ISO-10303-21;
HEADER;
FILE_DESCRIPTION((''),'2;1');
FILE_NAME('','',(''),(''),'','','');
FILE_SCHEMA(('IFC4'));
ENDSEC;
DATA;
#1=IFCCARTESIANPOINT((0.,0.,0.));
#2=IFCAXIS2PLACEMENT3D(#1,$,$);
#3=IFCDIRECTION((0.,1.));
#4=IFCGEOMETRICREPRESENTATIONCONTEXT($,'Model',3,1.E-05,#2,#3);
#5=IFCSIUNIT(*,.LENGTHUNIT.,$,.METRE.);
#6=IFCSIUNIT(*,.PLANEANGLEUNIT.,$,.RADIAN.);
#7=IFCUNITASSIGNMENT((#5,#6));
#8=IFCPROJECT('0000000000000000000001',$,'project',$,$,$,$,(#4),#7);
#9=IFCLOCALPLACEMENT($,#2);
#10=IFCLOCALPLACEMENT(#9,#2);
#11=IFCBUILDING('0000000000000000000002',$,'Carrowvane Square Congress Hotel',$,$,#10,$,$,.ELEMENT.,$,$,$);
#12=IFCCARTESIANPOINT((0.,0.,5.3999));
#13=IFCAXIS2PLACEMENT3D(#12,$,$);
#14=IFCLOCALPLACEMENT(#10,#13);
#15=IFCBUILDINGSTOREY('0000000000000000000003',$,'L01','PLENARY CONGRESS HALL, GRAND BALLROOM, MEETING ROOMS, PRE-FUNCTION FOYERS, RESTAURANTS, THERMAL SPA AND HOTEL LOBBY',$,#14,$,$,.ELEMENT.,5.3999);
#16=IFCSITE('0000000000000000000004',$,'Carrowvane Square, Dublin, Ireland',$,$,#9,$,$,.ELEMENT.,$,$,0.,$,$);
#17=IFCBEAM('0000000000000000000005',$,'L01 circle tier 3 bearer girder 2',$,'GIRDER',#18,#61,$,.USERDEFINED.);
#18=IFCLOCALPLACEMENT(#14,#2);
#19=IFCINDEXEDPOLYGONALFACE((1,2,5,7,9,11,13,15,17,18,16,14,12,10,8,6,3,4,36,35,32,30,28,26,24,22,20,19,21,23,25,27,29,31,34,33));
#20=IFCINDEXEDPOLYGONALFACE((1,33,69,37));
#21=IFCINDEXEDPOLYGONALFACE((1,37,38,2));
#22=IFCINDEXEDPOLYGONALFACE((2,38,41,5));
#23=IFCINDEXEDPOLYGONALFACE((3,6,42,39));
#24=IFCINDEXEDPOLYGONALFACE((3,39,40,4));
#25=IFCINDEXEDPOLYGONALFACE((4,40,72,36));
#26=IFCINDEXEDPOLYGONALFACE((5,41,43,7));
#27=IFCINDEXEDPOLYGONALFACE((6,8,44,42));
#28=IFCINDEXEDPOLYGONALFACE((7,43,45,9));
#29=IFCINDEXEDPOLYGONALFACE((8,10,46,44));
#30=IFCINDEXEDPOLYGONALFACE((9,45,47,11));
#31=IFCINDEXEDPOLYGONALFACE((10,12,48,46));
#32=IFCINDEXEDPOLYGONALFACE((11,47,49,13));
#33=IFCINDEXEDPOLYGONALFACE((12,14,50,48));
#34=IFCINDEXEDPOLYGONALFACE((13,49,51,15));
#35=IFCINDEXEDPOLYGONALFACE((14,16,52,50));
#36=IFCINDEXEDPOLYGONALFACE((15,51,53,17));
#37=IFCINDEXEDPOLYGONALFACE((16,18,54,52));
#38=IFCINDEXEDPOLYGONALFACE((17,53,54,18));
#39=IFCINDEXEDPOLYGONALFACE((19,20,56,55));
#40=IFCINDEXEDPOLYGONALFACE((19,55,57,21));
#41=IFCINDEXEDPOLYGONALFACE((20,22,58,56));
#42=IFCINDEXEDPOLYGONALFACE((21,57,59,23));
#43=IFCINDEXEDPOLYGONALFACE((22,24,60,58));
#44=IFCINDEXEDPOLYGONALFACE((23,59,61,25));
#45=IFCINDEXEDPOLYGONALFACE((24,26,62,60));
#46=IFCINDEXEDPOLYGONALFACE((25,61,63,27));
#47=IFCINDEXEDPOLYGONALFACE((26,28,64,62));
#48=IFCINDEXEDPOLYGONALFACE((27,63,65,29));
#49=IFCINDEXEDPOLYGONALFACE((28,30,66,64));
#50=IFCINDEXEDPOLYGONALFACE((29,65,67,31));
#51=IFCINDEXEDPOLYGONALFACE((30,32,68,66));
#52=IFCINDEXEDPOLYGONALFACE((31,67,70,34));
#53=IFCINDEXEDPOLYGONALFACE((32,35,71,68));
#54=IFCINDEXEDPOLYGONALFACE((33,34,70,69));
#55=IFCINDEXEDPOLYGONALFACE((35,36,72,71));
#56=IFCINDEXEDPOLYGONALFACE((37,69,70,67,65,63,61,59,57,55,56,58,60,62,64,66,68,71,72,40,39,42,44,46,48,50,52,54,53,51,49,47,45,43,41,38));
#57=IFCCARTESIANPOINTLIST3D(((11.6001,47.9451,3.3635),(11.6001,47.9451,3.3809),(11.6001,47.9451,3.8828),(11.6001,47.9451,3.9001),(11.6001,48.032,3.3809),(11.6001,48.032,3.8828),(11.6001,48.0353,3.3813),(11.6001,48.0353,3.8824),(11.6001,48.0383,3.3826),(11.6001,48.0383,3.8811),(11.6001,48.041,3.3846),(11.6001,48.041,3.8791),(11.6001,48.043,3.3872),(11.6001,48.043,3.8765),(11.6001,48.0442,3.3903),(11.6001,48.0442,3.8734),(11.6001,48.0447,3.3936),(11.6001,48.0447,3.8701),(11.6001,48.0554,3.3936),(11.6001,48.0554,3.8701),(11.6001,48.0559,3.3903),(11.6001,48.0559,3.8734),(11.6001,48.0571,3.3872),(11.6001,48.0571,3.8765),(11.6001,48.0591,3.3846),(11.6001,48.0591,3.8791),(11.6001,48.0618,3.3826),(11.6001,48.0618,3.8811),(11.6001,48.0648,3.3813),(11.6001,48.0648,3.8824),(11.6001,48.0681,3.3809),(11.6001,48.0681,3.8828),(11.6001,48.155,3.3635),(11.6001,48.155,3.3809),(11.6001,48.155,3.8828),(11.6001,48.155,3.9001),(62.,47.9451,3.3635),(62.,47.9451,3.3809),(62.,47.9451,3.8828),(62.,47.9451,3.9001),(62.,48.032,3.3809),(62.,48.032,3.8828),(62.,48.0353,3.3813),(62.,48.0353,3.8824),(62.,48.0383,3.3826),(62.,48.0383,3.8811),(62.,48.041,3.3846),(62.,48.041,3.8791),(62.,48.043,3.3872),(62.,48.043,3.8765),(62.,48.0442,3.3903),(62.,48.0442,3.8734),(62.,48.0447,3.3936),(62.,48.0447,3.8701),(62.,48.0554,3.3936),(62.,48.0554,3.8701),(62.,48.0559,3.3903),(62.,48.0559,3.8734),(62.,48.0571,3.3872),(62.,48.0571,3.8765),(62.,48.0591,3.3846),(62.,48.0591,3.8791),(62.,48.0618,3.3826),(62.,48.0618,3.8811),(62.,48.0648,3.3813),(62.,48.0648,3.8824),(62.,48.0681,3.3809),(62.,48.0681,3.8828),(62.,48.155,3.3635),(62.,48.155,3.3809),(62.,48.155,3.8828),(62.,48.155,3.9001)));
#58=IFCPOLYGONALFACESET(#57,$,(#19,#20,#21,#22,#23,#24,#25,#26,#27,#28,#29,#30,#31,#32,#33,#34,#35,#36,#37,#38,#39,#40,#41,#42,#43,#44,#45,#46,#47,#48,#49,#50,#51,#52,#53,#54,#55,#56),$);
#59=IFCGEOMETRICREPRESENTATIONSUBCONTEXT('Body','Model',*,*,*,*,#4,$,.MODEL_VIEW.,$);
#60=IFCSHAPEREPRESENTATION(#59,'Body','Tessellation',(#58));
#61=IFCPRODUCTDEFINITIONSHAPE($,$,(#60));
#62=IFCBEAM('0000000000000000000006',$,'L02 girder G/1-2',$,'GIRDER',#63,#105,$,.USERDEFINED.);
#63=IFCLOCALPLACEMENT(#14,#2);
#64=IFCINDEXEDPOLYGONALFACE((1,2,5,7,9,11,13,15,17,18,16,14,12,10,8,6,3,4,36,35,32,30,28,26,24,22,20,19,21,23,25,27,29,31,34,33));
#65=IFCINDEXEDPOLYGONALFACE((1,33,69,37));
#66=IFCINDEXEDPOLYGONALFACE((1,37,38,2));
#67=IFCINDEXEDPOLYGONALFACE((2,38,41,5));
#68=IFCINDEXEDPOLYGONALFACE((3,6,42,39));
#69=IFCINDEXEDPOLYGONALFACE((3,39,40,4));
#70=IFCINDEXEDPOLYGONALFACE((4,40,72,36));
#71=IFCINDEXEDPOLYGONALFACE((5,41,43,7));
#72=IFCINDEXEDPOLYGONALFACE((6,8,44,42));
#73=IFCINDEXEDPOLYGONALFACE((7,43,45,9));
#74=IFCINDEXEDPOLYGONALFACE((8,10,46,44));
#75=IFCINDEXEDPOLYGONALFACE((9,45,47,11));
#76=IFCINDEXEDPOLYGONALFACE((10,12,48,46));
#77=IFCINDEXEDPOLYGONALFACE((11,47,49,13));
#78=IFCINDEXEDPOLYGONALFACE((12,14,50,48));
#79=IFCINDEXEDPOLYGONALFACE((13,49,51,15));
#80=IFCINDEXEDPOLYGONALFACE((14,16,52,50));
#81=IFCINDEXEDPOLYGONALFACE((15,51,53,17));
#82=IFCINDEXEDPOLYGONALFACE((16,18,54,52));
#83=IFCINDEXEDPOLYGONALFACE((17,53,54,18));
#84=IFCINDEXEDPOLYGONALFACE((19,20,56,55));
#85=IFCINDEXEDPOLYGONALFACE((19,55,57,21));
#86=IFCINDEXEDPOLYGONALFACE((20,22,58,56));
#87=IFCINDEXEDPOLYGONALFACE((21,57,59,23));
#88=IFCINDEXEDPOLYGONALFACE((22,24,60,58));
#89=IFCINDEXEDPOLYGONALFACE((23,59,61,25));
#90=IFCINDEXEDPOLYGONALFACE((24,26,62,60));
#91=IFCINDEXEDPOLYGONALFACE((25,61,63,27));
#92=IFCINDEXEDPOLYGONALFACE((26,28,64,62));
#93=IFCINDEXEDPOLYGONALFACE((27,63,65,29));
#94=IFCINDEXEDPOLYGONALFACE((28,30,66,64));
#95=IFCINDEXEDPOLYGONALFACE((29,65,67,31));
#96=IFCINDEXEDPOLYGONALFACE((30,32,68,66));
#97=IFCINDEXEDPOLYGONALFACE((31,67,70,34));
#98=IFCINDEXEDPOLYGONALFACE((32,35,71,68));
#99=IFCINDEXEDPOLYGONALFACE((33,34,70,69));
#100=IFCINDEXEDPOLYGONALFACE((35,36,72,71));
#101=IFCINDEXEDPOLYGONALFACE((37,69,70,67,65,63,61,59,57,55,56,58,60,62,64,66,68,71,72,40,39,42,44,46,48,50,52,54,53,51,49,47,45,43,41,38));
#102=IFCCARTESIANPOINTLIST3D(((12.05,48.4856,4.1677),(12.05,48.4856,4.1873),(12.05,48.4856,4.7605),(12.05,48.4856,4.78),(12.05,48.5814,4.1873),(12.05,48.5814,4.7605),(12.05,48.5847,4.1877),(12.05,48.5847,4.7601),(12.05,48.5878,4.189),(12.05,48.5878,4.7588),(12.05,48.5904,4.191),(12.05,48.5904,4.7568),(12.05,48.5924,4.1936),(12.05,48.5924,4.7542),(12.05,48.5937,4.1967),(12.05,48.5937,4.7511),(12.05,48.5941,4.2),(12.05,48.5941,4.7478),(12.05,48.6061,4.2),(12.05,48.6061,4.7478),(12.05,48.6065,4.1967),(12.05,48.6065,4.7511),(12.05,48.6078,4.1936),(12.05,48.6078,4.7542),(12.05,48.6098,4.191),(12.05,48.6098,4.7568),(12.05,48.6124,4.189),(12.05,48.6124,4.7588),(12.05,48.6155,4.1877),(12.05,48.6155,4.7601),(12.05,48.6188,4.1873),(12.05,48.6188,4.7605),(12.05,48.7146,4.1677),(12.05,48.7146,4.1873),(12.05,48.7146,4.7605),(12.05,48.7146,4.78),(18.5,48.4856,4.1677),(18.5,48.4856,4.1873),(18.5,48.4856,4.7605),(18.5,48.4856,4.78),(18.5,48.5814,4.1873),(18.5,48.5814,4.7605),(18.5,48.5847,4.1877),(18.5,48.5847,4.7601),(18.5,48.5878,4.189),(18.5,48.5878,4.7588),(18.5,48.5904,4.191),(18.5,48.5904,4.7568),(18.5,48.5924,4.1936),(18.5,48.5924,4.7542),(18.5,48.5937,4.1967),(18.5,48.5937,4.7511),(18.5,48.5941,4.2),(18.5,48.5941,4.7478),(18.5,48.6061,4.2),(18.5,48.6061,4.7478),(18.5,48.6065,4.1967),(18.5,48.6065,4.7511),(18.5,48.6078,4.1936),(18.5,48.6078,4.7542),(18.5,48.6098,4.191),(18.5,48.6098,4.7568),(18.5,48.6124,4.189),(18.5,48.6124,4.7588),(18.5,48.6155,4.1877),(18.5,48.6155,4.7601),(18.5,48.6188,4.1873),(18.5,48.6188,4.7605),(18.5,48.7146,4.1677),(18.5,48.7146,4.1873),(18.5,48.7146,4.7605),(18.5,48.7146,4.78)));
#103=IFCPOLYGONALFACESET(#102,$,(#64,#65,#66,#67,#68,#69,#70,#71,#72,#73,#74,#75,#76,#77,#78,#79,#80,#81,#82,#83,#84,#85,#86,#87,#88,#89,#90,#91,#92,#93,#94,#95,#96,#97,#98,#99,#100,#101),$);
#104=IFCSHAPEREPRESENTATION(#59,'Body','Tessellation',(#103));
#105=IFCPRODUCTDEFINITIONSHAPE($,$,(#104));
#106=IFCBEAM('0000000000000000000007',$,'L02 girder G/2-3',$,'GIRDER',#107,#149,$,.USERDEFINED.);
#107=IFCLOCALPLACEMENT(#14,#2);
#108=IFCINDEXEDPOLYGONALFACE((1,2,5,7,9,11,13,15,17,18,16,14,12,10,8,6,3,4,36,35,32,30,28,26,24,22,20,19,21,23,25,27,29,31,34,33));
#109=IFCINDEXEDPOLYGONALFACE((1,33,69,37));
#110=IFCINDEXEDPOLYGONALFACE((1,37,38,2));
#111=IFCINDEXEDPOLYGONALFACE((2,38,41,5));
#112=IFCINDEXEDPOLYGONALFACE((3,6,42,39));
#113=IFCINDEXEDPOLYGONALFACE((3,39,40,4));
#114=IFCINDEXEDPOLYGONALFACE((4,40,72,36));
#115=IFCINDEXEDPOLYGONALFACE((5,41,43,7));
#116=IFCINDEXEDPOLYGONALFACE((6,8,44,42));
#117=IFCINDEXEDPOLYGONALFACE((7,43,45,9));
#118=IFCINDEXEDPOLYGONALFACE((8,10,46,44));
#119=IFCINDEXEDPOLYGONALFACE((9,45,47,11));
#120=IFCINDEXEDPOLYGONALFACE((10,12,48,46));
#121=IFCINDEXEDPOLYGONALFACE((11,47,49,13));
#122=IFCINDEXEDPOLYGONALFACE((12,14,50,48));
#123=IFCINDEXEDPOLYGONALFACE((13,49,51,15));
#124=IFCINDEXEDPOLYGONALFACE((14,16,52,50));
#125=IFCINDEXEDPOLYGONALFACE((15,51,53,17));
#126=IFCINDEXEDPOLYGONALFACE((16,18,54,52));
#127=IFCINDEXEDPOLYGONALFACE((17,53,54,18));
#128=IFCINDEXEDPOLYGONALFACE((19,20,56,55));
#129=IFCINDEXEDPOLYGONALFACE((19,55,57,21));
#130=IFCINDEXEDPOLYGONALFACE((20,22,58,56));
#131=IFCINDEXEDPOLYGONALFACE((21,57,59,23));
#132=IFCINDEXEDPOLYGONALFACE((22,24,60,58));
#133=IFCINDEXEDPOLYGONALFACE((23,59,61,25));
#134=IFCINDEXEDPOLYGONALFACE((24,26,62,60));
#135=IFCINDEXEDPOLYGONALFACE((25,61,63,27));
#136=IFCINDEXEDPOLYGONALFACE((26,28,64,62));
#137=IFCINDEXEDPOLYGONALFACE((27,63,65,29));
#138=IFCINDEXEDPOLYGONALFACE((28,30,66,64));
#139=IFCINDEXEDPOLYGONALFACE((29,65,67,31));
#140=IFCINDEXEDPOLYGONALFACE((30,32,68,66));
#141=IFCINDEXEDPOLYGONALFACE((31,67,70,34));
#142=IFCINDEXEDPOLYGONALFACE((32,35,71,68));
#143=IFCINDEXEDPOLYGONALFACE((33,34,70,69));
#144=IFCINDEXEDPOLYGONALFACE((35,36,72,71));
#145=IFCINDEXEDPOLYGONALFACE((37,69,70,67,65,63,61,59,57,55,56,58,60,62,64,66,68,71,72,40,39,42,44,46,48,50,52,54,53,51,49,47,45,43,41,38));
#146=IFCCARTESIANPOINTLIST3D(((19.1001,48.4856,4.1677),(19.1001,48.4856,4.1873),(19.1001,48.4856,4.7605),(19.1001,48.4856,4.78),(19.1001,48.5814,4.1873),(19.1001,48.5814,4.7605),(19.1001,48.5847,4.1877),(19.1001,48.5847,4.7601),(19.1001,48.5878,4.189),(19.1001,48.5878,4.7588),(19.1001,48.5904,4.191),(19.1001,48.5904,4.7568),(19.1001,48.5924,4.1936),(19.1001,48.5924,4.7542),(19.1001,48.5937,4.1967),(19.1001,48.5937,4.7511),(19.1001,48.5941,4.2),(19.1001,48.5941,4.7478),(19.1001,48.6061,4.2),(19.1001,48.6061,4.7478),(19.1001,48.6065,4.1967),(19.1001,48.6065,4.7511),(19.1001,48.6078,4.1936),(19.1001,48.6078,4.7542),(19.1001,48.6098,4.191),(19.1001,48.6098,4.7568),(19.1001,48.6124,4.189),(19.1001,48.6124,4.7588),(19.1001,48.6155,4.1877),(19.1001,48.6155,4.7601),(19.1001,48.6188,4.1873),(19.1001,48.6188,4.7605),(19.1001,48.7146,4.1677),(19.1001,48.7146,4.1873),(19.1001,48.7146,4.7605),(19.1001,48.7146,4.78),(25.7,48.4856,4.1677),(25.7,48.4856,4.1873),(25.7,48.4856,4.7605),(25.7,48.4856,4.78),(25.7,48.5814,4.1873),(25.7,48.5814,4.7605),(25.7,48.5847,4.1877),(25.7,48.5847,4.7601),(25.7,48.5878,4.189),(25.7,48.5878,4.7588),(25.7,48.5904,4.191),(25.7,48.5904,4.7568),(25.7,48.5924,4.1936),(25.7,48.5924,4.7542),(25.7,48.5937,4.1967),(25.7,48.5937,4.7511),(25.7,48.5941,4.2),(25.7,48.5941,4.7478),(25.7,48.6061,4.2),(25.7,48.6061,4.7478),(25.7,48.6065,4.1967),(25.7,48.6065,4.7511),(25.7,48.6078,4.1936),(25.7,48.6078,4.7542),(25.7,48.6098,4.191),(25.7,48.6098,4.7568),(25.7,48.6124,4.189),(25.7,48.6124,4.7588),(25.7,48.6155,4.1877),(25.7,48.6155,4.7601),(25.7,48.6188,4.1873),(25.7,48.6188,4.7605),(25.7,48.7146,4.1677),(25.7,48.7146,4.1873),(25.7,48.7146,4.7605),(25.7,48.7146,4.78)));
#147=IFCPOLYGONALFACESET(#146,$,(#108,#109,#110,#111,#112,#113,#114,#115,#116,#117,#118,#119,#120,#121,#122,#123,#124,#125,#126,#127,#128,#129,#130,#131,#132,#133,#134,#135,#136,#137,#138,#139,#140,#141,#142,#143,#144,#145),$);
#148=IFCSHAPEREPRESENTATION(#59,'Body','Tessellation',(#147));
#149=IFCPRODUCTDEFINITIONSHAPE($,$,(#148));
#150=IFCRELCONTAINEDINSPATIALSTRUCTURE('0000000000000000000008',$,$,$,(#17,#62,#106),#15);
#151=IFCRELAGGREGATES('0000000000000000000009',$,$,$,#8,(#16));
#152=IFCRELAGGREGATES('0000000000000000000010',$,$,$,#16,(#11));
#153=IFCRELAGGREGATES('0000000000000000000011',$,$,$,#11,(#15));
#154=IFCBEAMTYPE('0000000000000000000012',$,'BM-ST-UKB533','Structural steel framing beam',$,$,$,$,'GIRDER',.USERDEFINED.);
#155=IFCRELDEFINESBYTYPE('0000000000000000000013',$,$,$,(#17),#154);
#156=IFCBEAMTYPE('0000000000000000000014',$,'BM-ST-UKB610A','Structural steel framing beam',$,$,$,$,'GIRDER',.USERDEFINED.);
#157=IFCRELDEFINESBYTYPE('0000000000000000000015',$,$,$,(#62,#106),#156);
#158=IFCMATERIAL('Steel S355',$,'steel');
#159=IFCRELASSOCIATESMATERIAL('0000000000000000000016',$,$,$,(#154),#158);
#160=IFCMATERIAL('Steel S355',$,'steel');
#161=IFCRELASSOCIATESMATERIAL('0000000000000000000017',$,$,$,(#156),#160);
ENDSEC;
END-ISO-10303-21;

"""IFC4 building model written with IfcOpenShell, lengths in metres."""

from ifc_helpers import new_model, si_unit, direction, frame, origin, origin_2d, place, context, subcontext, project, spatial, i_section, extrude, material, material_profile, profile_set, type_object, element, save


model = new_model("IFC4")

# Units and contexts
model_context = context("Model", 3, precision=1e-05, world=origin(), true_north=direction((0.0, 1.0)))
body_context = subcontext(model_context, "Body", "Model", "MODEL_VIEW")
ifc_project = project(units=[si_unit("LENGTHUNIT", "METRE"), si_unit("PLANEANGLEUNIT", "RADIAN")], contexts=[model_context])

# Site, building, storey
site_placement = place(None, origin())
site = spatial("IfcSite", under=ifc_project, at=site_placement, Name="Carrowvane Square, Dublin, Ireland", CompositionType="ELEMENT", RefElevation=0.0)
building_placement = place(site_placement, origin())
building = spatial("IfcBuilding", under=site, at=building_placement, Name="Carrowvane Square Congress Hotel", CompositionType="ELEMENT")
storey_placement = place(building_placement, frame((0.0, 0.0, 5.3999)))
storey = spatial("IfcBuildingStorey", under=building, at=storey_placement, Name="L01", Description="PLENARY CONGRESS HALL, GRAND BALLROOM, MEETING ROOMS, PRE-FUNCTION FOYERS, RESTAURANTS, THERMAL SPA AND HOTEL LOBBY", CompositionType="ELEMENT", Elevation=5.3999)

# Beams
ifc_material_1 = material(Name="Steel S355", Category="steel")
ifc_material_profile_1 = material_profile(ifc_material_1, i_section(OverallWidth=0.21, OverallDepth=0.5366, WebThickness=0.0107, FlangeThickness=0.0173, FilletRadius=0.0127, at=origin_2d()), Name="UKB 533x210x101")
ifc_profile_set_1 = profile_set([ifc_material_profile_1], Name="Steel S355")
beam_type_1 = type_object("IfcBeamType", Name="BM-ST-UKB533", Description="Structural steel framing beam", ElementType="GIRDER", PredefinedType="USERDEFINED", material=ifc_profile_set_1)
for number, where, z_axis, x_axis, name in (
    (1, (11.6001, 48.05, 3.6318), (1.0, 0.0, 0.0), (0.0, 1.0, 0.0), "L01 circle tier 3 bearer girder 2"),
):
    element("IfcBeam", number, at=place(storey_placement, frame(where, z_axis=z_axis, x_axis=x_axis)), inside=storey, type_object=beam_type_1, Name=name, ObjectType="GIRDER", PredefinedType="USERDEFINED", context=body_context, shape_type="SweptSolid", body=[
        extrude(i_section(OverallWidth=0.21, OverallDepth=0.5366, WebThickness=0.0107, FlangeThickness=0.0173, FilletRadius=0.0127, at=origin_2d()), origin(), (0.0, 0.0, 1.0), 50.3999),
    ])
ifc_material_2 = material(Name="Steel S355", Category="steel")
ifc_material_profile_2 = material_profile(ifc_material_2, i_section(OverallWidth=0.229, OverallDepth=0.6123, WebThickness=0.012, FlangeThickness=0.0195, FilletRadius=0.0127, at=origin_2d()), Name="UKB 610x229x125")
ifc_profile_set_2 = profile_set([ifc_material_profile_2], Name="Steel S355")
beam_type_2 = type_object("IfcBeamType", Name="BM-ST-UKB610A", Description="Structural steel framing beam", ElementType="GIRDER", PredefinedType="USERDEFINED", material=ifc_profile_set_2)
beam_1_placement = place(storey_placement, frame((12.05, 48.6001, 4.4739), z_axis=(1.0, 0.0, 0.0), x_axis=(0.0, 1.0, 0.0)))
element("IfcBeam", 2, at=beam_1_placement, inside=storey, type_object=beam_type_2, Name="L02 girder G/1-2", ObjectType="GIRDER", PredefinedType="USERDEFINED", context=body_context, shape_type="SweptSolid", body=[
    extrude(i_section(OverallWidth=0.229, OverallDepth=0.6123, WebThickness=0.012, FlangeThickness=0.0195, FilletRadius=0.0127, at=origin_2d()), origin(), (0.0, 0.0, 1.0), 6.45),
])
beam_2_placement = place(storey_placement, frame((19.1001, 48.6001, 4.4739), z_axis=(1.0, 0.0, 0.0), x_axis=(0.0, 1.0, 0.0)))
element("IfcBeam", 3, at=beam_2_placement, inside=storey, type_object=beam_type_2, Name="L02 girder G/2-3", ObjectType="GIRDER", PredefinedType="USERDEFINED", context=body_context, shape_type="SweptSolid", body=[
    extrude(i_section(OverallWidth=0.229, OverallDepth=0.6123, WebThickness=0.012, FlangeThickness=0.0195, FilletRadius=0.0127, at=origin_2d()), origin(), (0.0, 0.0, 1.0), 6.5999),
])

save(model, "model.ifc")
